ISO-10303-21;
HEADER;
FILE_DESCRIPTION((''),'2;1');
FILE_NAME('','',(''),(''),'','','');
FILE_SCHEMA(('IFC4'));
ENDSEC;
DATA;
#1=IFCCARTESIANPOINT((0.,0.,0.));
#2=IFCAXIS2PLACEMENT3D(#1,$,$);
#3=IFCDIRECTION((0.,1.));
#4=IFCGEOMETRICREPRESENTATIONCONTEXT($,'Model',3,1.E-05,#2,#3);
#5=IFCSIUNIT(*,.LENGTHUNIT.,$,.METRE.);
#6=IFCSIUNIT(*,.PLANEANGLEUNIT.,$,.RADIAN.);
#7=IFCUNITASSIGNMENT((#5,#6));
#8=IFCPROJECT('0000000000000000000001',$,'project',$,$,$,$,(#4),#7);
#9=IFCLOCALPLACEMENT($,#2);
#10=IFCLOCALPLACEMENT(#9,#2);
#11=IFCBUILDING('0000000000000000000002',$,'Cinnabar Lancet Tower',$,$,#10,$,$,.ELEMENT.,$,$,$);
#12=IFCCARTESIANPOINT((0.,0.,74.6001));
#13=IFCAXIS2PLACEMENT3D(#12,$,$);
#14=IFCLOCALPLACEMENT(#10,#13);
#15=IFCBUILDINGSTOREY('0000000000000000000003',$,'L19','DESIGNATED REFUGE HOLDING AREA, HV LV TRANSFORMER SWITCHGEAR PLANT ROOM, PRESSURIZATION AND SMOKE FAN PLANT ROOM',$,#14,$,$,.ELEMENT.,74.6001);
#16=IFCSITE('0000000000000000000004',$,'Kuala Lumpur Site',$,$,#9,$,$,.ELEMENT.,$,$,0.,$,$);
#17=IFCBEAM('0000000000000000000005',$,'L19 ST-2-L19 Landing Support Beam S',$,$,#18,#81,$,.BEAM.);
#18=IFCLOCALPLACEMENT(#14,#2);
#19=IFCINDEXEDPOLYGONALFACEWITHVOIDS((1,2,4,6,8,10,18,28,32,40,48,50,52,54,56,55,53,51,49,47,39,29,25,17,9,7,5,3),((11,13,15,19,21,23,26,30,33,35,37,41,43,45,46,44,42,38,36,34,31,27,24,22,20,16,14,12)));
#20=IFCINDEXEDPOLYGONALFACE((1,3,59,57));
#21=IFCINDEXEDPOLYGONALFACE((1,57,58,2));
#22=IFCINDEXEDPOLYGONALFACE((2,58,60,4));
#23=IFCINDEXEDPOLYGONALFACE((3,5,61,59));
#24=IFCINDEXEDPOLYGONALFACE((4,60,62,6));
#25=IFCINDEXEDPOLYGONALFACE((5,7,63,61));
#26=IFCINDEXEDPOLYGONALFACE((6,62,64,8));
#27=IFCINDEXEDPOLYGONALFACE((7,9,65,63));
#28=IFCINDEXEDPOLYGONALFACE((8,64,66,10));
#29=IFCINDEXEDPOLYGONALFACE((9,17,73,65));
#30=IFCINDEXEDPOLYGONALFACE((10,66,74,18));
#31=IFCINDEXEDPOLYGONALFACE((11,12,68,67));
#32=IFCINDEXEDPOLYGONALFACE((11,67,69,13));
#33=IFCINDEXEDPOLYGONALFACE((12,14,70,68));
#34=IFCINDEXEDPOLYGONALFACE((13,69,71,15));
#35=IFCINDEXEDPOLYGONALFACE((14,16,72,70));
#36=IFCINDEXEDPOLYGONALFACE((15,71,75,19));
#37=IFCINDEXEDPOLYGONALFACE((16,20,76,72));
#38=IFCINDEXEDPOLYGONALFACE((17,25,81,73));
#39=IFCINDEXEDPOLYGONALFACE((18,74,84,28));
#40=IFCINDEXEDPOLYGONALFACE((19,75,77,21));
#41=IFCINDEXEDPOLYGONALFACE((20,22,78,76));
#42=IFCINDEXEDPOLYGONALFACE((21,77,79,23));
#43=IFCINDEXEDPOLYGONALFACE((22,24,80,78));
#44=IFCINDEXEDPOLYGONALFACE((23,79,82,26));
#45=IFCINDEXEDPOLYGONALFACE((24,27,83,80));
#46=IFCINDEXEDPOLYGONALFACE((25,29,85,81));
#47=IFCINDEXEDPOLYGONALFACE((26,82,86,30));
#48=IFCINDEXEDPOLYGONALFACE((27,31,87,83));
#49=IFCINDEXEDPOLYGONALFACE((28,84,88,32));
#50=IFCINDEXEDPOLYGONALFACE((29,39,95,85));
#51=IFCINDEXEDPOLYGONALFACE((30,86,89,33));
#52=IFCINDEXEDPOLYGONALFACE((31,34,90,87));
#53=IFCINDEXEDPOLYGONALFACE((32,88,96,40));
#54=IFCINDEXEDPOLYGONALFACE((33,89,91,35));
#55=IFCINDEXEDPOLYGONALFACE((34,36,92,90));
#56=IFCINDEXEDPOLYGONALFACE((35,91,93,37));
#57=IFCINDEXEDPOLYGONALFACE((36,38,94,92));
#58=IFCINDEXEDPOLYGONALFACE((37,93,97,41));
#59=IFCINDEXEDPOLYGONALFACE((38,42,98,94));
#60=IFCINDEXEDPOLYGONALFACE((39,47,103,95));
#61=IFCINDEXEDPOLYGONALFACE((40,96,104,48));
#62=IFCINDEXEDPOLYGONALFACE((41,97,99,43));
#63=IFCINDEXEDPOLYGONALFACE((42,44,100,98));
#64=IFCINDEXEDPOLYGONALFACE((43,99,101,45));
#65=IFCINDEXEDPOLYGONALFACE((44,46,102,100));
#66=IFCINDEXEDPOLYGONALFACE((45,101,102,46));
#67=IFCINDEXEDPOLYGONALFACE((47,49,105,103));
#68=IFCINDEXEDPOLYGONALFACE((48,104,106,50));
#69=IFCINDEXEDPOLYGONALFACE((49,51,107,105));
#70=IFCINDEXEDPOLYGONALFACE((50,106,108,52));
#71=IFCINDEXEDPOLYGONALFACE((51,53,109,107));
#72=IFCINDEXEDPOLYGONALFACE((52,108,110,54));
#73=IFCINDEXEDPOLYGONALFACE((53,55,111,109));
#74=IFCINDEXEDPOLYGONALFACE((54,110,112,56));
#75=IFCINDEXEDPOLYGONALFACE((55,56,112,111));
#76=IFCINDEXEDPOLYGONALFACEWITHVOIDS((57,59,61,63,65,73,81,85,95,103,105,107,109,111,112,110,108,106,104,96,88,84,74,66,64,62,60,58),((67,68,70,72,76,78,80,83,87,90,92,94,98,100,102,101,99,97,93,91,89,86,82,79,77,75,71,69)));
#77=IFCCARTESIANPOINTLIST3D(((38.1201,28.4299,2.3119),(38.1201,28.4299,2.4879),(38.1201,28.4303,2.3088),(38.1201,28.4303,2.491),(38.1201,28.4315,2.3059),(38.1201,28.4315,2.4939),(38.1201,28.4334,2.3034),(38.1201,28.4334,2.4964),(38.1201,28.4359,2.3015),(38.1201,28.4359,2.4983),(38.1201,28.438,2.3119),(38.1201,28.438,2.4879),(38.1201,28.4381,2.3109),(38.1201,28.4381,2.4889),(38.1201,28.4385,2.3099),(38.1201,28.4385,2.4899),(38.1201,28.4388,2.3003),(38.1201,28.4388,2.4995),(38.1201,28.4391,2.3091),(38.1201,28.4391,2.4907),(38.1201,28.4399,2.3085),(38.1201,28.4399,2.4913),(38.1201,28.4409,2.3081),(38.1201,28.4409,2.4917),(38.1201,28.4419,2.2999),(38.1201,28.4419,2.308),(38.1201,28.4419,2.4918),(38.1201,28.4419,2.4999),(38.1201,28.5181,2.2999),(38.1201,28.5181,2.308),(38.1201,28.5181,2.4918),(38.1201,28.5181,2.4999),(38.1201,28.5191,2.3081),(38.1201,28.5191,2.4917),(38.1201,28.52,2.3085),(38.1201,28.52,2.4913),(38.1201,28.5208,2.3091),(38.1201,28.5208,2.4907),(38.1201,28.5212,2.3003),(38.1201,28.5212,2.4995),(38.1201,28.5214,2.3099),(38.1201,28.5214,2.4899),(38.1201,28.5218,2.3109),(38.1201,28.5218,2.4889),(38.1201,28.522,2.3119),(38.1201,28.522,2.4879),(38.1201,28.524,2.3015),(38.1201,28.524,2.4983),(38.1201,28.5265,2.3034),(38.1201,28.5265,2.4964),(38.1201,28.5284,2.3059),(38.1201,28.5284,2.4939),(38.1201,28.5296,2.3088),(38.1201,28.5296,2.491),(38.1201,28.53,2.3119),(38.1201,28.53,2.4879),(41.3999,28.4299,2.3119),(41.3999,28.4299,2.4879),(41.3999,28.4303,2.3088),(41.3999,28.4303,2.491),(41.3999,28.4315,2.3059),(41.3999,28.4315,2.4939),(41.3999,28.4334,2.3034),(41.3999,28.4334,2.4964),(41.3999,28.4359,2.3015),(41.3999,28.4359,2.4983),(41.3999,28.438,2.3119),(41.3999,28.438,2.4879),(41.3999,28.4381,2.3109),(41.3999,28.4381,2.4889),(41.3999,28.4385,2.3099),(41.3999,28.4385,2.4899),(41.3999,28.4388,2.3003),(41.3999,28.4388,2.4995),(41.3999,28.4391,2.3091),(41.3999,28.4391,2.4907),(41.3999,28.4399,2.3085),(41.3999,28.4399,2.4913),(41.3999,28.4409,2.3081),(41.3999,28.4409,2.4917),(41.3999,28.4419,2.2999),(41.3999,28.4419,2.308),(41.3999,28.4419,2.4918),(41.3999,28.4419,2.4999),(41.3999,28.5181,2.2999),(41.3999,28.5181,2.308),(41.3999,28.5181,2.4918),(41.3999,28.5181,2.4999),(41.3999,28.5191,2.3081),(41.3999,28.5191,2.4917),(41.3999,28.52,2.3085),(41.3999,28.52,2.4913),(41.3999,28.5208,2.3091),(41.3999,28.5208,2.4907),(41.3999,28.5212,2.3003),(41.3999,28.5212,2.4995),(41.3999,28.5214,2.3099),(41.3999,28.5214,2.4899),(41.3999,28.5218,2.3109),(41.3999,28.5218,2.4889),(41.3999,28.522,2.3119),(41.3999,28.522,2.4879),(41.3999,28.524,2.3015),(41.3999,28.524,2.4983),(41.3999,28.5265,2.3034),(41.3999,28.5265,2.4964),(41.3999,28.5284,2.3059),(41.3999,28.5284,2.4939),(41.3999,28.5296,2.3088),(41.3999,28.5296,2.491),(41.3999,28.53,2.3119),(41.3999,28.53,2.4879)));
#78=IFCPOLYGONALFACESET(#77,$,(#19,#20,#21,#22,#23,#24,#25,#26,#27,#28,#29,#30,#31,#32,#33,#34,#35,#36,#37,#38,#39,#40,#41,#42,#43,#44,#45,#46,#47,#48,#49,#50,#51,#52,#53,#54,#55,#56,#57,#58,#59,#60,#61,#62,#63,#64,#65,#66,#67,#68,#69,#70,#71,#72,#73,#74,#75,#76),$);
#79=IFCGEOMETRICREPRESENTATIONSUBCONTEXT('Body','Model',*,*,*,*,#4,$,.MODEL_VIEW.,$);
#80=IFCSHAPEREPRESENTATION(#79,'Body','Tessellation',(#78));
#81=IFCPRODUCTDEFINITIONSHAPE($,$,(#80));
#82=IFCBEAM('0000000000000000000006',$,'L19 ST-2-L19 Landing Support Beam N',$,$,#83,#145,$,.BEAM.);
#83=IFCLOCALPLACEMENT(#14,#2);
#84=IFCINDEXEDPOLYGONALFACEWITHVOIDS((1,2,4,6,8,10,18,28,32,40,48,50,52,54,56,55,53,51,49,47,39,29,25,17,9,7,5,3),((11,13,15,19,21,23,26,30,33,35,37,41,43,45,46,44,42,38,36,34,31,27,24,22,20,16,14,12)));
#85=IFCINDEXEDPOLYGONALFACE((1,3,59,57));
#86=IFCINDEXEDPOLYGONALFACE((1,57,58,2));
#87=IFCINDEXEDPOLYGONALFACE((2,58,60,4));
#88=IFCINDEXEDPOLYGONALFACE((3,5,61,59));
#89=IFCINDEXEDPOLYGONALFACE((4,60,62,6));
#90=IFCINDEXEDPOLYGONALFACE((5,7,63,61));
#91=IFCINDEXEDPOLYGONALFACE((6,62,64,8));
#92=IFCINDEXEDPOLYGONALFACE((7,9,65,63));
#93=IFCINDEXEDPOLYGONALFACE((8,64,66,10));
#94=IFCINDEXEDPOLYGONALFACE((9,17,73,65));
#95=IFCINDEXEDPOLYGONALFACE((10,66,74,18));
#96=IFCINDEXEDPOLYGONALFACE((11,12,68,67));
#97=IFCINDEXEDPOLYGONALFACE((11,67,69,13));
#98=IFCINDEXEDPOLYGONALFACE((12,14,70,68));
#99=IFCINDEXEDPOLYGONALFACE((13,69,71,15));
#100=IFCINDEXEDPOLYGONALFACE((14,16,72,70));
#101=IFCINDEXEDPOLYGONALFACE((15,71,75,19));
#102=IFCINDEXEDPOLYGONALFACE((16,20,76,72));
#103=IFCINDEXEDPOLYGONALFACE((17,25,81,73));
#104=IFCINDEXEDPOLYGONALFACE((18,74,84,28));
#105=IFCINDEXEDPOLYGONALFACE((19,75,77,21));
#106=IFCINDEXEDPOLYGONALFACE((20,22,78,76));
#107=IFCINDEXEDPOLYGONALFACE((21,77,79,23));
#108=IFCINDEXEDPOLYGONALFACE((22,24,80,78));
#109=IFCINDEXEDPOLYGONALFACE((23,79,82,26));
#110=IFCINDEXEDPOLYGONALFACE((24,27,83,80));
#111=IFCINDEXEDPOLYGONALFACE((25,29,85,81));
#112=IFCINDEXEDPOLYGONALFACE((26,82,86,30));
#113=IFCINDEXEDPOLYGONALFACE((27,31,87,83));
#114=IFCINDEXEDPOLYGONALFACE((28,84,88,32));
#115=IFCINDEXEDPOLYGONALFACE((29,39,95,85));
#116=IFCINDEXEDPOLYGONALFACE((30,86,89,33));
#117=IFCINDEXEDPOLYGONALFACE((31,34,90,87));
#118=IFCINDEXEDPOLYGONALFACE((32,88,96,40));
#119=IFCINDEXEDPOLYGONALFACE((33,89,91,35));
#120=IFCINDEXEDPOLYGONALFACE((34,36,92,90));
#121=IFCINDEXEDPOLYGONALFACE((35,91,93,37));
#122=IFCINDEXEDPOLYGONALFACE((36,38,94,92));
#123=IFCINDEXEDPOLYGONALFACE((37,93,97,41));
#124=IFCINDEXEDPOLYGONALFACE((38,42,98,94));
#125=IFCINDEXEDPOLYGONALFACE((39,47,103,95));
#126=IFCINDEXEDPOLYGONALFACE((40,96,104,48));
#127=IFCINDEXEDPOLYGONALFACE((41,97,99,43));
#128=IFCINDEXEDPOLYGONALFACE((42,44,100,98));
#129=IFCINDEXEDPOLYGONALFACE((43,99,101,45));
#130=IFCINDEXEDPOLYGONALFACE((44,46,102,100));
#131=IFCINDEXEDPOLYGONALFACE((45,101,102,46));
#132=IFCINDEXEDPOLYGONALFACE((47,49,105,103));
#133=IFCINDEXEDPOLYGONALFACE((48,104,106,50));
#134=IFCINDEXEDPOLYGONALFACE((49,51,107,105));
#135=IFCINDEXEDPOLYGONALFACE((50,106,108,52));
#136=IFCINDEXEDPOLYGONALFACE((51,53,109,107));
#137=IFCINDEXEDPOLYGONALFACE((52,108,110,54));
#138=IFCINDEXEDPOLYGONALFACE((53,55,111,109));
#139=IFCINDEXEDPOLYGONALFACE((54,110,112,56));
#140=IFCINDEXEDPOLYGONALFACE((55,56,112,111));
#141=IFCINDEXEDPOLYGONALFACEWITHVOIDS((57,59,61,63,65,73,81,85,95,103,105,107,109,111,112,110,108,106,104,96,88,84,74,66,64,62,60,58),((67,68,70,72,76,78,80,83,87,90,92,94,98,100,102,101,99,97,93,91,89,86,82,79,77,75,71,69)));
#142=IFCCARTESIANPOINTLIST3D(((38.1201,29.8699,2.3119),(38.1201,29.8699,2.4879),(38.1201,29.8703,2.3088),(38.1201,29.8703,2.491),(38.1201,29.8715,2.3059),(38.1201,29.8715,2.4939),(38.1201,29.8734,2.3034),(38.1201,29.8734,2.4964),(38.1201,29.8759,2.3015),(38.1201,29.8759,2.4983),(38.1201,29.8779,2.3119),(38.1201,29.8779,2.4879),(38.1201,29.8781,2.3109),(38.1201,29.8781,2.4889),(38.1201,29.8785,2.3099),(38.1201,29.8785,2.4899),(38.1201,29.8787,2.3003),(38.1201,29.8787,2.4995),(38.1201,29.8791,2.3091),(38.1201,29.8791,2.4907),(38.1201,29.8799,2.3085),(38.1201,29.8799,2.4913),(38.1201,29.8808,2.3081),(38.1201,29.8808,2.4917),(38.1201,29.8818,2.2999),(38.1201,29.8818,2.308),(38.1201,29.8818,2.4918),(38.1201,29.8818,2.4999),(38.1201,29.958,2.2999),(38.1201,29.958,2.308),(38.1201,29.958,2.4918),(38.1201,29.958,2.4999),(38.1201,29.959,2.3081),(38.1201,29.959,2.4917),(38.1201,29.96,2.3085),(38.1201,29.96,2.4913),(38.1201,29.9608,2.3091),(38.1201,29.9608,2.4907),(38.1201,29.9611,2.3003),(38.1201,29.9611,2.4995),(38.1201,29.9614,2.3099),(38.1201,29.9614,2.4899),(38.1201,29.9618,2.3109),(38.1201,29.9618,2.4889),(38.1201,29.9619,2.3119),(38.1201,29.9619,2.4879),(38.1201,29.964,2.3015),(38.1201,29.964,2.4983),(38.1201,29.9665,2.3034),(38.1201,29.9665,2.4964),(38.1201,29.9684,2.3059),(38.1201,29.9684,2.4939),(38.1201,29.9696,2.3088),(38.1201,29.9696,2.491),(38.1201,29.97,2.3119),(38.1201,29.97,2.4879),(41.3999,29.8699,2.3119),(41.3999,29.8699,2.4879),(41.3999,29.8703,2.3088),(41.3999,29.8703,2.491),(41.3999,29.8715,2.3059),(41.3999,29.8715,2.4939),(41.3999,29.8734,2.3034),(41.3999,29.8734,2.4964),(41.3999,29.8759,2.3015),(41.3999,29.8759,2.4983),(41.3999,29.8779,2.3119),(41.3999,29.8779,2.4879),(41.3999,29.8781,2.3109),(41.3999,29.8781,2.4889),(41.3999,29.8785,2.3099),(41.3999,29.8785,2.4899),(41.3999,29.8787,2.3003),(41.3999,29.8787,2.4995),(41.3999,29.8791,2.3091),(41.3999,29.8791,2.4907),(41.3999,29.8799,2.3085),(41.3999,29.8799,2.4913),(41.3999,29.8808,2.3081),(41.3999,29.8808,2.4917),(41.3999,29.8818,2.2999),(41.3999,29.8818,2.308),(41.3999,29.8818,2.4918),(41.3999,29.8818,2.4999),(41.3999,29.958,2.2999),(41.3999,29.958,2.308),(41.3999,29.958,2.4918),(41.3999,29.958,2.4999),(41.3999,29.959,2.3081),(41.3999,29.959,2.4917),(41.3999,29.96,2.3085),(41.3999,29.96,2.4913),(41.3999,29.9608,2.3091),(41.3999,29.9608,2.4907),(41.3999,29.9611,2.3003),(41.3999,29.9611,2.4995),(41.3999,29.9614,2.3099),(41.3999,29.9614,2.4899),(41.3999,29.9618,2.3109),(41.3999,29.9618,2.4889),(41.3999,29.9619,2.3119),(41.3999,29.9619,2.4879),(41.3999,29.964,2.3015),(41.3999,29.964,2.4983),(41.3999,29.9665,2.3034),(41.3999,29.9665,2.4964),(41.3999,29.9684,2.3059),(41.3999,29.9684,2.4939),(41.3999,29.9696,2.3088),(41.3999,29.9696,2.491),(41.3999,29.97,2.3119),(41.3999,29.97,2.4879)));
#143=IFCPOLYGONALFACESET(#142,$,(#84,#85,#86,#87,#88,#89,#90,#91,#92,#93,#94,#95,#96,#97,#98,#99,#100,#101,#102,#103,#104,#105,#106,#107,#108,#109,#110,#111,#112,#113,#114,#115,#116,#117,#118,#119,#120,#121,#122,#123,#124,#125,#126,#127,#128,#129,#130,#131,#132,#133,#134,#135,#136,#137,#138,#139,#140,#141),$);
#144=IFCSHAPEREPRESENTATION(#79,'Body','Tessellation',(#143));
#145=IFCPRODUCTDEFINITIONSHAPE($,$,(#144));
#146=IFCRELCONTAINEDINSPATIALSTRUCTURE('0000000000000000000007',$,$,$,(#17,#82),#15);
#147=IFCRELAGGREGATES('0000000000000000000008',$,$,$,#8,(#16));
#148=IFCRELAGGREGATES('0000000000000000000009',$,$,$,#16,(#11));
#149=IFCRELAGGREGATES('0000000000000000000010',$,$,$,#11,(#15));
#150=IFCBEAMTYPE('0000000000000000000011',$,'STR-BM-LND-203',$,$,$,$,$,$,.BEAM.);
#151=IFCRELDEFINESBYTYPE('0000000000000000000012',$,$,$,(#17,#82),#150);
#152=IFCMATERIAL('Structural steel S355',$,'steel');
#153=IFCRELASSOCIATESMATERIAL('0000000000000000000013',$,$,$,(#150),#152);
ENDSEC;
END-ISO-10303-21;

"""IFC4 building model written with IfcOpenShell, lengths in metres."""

from ifc_helpers import new_model, si_unit, direction, frame, origin, origin_2d, place, context, subcontext, project, spatial, hollow_rectangle, extrude, material, material_profile, profile_set, type_object, element, save


model = new_model("IFC4")

# Units and contexts
model_context = context("Model", 3, precision=1e-05, world=origin(), true_north=direction((0.0, 1.0)))
body_context = subcontext(model_context, "Body", "Model", "MODEL_VIEW")
ifc_project = project(units=[si_unit("LENGTHUNIT", "METRE"), si_unit("PLANEANGLEUNIT", "RADIAN")], contexts=[model_context])

# Site, building, storey
site_placement = place(None, origin())
site = spatial("IfcSite", under=ifc_project, at=site_placement, Name="Kuala Lumpur Site", CompositionType="ELEMENT", RefElevation=0.0)
building_placement = place(site_placement, origin())
building = spatial("IfcBuilding", under=site, at=building_placement, Name="Cinnabar Lancet Tower", CompositionType="ELEMENT")
storey_placement = place(building_placement, frame((0.0, 0.0, 74.6001)))
storey = spatial("IfcBuildingStorey", under=building, at=storey_placement, Name="L19", Description="DESIGNATED REFUGE HOLDING AREA, HV LV TRANSFORMER SWITCHGEAR PLANT ROOM, PRESSURIZATION AND SMOKE FAN PLANT ROOM", CompositionType="ELEMENT", Elevation=74.6001)

# Beams
ifc_material_1 = material(Name="Structural steel S355", Category="steel")
ifc_material_profile_1 = material_profile(ifc_material_1, hollow_rectangle(XDim=0.1001, YDim=0.2, WallThickness=0.0081, InnerFilletRadius=0.0039, OuterFilletRadius=0.012, at=origin_2d()), Name="RHS 200x100x8")
ifc_profile_set_1 = profile_set([ifc_material_profile_1], Name="Structural steel S355")
beam_type = type_object("IfcBeamType", Name="STR-BM-LND-203", PredefinedType="BEAM", material=ifc_profile_set_1)
for number, where, z_axis, x_axis, name in (
    (1, (38.1201, 28.48, 2.3999), (1.0, 0.0, 0.0), (0.0, 1.0, 0.0), "L19 ST-2-L19 Landing Support Beam S"),
    (2, (38.1201, 29.9199, 2.3999), (1.0, 0.0, 0.0), (0.0, 1.0, 0.0), "L19 ST-2-L19 Landing Support Beam N"),
):
    element("IfcBeam", number, at=place(storey_placement, frame(where, z_axis=z_axis, x_axis=x_axis)), inside=storey, type_object=beam_type, Name=name, PredefinedType="BEAM", context=body_context, shape_type="SweptSolid", body=[
        extrude(hollow_rectangle(XDim=0.1001, YDim=0.2, WallThickness=0.0081, InnerFilletRadius=0.0039, OuterFilletRadius=0.012, at=origin_2d()), origin(), (0.0, 0.0, 1.0), 3.2798),
    ])

save(model, "model.ifc")
